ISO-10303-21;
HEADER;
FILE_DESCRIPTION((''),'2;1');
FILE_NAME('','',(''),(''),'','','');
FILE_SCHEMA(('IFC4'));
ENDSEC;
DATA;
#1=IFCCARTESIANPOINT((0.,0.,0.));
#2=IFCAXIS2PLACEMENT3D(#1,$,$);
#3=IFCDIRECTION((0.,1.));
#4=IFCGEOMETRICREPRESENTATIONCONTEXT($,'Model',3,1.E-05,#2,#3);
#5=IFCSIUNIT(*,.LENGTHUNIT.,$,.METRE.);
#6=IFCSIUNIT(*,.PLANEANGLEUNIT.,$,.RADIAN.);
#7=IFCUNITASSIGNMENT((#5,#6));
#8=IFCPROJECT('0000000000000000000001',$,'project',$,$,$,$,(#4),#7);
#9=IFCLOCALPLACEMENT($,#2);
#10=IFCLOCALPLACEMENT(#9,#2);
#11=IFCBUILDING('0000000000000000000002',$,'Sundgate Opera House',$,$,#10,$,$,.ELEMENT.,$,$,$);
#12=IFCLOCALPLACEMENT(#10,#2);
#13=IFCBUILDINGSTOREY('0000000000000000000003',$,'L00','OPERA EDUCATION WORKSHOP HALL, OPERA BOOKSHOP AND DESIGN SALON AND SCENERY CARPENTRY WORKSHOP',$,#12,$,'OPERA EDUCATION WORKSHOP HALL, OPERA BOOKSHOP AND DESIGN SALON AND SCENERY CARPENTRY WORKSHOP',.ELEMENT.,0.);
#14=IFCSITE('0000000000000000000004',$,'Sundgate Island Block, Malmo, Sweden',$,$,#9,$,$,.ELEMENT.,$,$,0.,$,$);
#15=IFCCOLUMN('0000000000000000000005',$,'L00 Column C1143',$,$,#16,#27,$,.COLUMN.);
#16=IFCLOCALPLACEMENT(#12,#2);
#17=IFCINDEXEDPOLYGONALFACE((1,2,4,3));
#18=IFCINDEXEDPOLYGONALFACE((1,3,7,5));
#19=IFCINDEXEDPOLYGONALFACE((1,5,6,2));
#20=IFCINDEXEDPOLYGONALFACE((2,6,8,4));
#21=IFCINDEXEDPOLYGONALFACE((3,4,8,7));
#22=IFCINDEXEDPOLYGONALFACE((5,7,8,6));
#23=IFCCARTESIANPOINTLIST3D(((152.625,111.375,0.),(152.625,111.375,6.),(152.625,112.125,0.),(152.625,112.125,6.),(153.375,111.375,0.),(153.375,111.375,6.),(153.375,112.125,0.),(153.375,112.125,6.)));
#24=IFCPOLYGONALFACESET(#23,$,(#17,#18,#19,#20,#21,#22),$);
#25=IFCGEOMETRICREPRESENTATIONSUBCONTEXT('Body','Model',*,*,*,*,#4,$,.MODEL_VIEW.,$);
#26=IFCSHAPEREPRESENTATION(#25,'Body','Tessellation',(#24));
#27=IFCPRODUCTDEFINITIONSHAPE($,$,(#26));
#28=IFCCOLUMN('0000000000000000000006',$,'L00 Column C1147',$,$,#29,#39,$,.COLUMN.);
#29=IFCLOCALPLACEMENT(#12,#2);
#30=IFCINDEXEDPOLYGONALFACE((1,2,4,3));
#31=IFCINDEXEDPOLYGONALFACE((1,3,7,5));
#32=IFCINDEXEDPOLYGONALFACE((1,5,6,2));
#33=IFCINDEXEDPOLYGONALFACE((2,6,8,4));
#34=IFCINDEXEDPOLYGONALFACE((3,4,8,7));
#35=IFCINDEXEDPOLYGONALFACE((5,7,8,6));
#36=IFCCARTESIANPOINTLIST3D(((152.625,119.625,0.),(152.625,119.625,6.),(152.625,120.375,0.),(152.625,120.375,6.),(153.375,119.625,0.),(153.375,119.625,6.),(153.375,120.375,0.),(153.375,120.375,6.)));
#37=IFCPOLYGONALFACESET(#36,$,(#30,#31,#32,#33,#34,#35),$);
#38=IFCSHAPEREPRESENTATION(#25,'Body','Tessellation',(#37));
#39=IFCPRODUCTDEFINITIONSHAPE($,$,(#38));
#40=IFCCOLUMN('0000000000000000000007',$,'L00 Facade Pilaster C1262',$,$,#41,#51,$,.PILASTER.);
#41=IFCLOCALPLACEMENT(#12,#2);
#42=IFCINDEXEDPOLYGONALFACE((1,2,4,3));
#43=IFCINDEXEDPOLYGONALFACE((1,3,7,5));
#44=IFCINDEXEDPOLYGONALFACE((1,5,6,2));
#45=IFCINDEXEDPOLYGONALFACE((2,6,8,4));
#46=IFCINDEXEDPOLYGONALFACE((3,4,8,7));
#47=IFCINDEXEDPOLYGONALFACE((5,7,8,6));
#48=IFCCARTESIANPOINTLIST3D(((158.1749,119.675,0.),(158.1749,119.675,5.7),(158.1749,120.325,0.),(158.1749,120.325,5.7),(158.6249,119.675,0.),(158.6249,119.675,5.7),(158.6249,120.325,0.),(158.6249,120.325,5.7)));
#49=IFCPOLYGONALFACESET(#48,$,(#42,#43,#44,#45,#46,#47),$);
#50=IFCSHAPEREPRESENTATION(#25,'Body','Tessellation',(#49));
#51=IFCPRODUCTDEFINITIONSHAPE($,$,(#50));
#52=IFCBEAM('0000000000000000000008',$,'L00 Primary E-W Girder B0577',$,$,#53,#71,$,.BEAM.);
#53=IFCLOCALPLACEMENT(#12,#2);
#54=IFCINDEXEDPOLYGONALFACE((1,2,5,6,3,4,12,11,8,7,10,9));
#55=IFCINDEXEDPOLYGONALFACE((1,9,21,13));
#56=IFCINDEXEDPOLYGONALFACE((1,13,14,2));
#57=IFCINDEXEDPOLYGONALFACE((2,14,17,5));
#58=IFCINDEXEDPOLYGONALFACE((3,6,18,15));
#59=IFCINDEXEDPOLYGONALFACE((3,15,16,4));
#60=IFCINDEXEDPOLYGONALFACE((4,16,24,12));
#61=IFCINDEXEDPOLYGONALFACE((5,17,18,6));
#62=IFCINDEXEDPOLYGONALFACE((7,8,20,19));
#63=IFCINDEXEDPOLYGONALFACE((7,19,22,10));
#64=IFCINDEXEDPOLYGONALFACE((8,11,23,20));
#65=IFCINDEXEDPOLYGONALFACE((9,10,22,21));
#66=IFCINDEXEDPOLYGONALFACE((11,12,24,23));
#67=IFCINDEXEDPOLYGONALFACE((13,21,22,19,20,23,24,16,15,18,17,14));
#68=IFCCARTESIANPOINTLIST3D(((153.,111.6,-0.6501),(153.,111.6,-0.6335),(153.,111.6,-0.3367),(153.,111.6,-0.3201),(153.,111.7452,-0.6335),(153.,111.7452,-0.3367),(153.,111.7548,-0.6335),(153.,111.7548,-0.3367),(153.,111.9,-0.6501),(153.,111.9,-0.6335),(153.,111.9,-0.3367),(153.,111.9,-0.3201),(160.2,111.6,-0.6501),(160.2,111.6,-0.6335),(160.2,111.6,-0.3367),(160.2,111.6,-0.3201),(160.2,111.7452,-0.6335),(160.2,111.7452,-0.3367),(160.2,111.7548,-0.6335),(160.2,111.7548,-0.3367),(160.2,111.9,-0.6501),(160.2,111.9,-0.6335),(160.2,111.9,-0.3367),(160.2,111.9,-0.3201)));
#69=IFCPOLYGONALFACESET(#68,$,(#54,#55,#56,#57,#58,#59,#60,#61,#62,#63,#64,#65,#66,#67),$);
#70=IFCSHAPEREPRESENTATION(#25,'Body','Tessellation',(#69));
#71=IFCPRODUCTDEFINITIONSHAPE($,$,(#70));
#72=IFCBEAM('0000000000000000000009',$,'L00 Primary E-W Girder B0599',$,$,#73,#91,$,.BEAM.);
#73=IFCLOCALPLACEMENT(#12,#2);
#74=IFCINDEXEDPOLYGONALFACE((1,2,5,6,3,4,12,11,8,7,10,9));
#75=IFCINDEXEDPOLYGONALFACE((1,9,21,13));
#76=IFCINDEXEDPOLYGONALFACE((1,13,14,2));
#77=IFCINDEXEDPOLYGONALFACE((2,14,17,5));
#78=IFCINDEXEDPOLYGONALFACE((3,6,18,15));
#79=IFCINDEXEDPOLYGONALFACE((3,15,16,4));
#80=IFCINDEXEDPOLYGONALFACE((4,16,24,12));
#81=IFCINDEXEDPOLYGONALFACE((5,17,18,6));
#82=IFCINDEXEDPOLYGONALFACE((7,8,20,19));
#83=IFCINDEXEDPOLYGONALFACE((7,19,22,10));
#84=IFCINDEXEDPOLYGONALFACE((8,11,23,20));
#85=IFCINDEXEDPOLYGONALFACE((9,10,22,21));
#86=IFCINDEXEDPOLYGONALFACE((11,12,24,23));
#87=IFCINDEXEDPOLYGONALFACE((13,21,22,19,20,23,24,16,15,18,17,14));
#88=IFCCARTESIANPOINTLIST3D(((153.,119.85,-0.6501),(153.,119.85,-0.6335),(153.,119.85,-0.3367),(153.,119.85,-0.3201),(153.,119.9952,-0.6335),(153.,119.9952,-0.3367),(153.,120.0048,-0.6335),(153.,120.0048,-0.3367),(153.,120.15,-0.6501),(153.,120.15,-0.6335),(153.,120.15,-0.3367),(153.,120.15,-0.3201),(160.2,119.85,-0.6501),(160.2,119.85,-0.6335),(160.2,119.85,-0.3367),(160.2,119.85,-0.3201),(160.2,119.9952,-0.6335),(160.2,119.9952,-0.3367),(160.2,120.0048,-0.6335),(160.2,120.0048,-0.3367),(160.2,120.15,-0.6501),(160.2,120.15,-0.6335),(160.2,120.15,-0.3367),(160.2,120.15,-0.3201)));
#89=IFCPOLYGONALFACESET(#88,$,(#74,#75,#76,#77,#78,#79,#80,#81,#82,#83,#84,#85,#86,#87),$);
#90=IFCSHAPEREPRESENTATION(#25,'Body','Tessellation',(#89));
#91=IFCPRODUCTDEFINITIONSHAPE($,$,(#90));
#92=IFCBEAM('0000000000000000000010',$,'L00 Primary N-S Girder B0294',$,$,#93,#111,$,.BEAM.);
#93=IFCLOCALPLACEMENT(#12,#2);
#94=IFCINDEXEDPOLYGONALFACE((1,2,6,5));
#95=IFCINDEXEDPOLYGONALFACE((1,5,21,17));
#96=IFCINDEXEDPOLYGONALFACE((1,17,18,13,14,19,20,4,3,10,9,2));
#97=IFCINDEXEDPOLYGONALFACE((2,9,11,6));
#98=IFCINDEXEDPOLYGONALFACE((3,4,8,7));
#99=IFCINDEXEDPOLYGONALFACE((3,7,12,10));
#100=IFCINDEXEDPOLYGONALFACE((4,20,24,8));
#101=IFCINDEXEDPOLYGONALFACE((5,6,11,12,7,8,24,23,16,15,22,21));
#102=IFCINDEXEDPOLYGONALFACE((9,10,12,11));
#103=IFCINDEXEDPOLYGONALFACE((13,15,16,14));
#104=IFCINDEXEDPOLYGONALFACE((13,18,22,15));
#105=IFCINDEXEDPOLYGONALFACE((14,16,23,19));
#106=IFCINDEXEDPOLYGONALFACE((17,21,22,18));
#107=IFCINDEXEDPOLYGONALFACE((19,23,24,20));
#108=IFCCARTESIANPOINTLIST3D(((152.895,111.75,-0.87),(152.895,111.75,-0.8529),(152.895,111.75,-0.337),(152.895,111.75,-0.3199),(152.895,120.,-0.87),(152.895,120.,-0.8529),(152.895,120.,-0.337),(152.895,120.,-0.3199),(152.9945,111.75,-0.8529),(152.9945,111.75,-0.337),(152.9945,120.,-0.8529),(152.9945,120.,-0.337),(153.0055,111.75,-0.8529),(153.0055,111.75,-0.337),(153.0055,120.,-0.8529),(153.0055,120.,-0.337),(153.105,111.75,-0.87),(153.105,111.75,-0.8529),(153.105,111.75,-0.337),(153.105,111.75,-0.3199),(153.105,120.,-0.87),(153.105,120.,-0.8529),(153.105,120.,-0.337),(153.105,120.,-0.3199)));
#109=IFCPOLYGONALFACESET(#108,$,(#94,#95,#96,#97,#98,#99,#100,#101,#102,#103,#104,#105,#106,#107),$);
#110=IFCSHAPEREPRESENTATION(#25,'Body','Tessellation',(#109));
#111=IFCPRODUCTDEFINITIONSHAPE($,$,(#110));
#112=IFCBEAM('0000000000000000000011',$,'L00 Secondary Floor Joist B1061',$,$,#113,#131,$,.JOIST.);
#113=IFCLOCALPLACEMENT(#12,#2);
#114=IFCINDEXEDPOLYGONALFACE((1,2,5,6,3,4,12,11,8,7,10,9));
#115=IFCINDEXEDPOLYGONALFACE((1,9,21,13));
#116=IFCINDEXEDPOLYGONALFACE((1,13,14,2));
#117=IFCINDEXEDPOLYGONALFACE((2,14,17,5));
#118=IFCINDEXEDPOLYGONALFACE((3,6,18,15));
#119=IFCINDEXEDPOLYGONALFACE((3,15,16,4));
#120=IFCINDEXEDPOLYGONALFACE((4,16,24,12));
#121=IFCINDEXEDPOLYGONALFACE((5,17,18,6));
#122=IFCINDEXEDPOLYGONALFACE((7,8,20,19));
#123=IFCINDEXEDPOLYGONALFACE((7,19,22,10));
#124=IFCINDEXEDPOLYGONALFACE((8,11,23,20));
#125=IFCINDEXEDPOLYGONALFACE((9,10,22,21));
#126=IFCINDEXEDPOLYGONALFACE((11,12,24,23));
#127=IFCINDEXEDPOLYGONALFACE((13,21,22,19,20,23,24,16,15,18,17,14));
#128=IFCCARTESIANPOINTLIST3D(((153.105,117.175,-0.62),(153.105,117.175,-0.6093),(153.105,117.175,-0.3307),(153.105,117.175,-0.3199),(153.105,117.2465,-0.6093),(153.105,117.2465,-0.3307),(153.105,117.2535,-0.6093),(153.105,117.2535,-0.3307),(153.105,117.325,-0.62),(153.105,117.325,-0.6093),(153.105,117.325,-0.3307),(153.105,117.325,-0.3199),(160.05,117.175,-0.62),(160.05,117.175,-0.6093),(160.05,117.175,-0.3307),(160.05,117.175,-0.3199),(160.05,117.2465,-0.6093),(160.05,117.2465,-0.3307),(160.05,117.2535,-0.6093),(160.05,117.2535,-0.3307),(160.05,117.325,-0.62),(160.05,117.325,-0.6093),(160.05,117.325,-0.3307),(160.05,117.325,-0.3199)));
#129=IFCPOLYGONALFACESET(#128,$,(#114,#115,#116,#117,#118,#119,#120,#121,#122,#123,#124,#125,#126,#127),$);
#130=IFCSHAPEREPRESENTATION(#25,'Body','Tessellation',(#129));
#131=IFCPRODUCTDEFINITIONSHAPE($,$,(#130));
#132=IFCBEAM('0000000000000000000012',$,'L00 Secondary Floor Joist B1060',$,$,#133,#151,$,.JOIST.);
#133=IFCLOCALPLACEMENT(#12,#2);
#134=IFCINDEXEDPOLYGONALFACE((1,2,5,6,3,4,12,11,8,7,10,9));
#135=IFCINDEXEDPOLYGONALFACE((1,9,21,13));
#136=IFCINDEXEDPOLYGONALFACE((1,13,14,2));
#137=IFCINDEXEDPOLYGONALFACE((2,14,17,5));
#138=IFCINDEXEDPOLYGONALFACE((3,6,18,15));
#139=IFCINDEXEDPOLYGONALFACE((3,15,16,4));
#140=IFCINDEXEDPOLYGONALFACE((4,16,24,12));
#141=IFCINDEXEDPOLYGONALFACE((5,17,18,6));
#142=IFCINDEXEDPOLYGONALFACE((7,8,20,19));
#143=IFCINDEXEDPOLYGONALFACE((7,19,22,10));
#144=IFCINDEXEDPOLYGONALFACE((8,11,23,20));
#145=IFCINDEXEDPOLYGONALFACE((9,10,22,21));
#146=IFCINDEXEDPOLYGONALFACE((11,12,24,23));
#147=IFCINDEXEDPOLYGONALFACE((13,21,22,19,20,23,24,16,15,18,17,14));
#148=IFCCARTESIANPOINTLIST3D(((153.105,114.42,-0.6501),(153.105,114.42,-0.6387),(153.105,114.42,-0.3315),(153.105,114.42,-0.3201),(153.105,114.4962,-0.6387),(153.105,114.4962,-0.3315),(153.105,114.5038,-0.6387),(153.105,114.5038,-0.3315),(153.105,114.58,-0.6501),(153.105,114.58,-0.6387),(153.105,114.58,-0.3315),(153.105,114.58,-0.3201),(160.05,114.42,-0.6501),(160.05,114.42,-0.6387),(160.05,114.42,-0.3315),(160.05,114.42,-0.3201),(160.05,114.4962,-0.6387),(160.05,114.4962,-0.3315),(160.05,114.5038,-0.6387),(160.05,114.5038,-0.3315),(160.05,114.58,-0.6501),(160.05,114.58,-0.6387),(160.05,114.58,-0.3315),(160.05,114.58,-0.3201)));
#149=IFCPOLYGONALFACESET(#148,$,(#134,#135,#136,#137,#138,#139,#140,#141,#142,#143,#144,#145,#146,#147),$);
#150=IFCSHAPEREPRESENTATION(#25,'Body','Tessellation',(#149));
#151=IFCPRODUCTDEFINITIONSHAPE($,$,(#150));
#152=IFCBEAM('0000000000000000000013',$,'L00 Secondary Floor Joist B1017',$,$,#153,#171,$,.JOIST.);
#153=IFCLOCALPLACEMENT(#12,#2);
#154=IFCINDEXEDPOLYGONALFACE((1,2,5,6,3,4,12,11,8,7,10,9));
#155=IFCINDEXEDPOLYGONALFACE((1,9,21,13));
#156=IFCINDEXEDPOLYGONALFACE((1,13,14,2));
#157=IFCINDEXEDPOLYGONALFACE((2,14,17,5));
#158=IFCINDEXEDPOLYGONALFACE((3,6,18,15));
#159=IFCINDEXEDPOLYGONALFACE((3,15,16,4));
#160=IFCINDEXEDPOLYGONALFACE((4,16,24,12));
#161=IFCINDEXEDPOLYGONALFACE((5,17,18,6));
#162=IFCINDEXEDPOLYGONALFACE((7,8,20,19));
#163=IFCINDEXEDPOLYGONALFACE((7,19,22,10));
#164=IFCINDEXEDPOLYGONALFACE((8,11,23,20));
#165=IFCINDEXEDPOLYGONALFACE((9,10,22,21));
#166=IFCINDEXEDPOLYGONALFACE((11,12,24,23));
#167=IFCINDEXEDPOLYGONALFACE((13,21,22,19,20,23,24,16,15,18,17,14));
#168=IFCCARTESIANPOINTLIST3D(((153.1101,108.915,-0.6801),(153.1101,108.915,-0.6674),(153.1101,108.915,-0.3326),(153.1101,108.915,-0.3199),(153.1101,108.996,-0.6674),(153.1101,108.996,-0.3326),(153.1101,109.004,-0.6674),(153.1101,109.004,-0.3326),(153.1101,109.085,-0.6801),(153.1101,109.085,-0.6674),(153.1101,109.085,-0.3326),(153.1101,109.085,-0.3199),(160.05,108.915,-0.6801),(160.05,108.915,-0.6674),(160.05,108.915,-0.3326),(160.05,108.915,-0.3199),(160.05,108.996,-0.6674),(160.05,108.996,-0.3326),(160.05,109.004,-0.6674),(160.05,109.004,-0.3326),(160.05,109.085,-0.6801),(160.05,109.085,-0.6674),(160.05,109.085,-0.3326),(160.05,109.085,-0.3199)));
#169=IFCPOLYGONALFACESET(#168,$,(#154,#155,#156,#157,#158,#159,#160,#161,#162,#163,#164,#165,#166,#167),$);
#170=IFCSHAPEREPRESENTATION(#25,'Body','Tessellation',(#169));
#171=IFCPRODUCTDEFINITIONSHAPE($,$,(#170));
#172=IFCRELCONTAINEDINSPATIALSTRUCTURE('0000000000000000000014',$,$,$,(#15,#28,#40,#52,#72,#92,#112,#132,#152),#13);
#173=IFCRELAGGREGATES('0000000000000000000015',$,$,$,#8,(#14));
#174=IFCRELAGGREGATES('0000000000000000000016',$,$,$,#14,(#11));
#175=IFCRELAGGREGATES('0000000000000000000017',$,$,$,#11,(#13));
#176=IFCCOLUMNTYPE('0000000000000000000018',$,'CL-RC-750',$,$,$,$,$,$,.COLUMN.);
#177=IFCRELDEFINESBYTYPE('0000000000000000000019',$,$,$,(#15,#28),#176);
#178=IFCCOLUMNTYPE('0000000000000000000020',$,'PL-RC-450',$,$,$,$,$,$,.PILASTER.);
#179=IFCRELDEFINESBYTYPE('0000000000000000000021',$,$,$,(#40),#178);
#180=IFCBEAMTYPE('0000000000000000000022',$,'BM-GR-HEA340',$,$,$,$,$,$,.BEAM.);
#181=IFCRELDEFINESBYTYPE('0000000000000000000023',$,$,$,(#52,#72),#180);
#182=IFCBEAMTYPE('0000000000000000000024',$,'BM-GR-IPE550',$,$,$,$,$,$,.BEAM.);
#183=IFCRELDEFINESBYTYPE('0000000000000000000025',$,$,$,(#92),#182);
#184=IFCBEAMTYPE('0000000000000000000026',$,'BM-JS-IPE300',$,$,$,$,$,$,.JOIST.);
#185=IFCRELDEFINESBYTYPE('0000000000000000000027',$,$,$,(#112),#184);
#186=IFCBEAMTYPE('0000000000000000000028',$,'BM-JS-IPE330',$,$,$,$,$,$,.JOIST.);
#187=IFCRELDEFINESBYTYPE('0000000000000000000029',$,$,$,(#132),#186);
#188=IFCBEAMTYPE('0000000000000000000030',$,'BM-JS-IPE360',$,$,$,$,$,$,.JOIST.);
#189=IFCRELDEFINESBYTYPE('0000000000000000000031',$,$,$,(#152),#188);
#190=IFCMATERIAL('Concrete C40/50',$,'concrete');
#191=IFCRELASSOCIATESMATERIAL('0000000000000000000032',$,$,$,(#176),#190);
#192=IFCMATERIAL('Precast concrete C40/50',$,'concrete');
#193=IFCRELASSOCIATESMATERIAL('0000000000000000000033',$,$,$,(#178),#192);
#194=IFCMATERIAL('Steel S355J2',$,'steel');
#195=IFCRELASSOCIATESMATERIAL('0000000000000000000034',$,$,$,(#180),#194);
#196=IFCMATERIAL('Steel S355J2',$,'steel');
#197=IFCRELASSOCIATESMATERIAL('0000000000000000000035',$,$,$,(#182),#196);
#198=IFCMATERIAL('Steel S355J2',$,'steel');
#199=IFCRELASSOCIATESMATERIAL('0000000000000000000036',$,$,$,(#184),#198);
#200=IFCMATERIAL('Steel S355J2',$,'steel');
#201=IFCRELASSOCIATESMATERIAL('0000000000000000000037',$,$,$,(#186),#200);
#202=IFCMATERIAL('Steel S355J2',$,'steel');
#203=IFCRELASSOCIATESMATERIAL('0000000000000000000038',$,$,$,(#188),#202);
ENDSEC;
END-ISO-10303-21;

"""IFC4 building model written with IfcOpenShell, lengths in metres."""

from ifc_helpers import new_model, si_unit, direction, frame, origin, origin_2d, place, context, subcontext, project, spatial, rectangle, i_section, extrude, material, material_profile, profile_set, type_object, element, save


model = new_model("IFC4")

# Units and contexts
model_context = context("Model", 3, precision=1e-05, world=origin(), true_north=direction((0.0, 1.0)))
body_context = subcontext(model_context, "Body", "Model", "MODEL_VIEW")
ifc_project = project(units=[si_unit("LENGTHUNIT", "METRE"), si_unit("PLANEANGLEUNIT", "RADIAN")], contexts=[model_context])

# Site, building, storey
site_placement = place(None, origin())
site = spatial("IfcSite", under=ifc_project, at=site_placement, Name="Sundgate Island Block, Malmo, Sweden", CompositionType="ELEMENT", RefElevation=0.0)
building_placement = place(site_placement, origin())
building = spatial("IfcBuilding", under=site, at=building_placement, Name="Sundgate Opera House", CompositionType="ELEMENT")
storey_placement = place(building_placement, origin())
storey = spatial("IfcBuildingStorey", under=building, at=storey_placement, Name="L00", Description="OPERA EDUCATION WORKSHOP HALL, OPERA BOOKSHOP AND DESIGN SALON AND SCENERY CARPENTRY WORKSHOP", LongName="OPERA EDUCATION WORKSHOP HALL, OPERA BOOKSHOP AND DESIGN SALON AND SCENERY CARPENTRY WORKSHOP", CompositionType="ELEMENT", Elevation=0.0)

# Columns
ifc_material_1 = material(Name="Concrete C40/50", Category="concrete")
ifc_material_profile_1 = material_profile(ifc_material_1, rectangle(XDim=0.75, YDim=0.75, at=origin_2d()), Name="RC 750x750")
ifc_profile_set_1 = profile_set([ifc_material_profile_1], Name="Concrete C40/50")
column_type_1 = type_object("IfcColumnType", Name="CL-RC-750", PredefinedType="COLUMN", material=ifc_profile_set_1)
for number, where, z_axis, x_axis, name in (
    (1, (153.0, 111.75, 0.0), (0.0, 0.0, 1.0), (1.0, 0.0, 0.0), "L00 Column C1143"),
    (2, (153.0, 120.0, 0.0), (0.0, 0.0, 1.0), (1.0, 0.0, 0.0), "L00 Column C1147"),
):
    element("IfcColumn", number, at=place(storey_placement, frame(where, z_axis=z_axis, x_axis=x_axis)), inside=storey, type_object=column_type_1, Name=name, PredefinedType="COLUMN", context=body_context, shape_type="SweptSolid", body=[
        extrude(rectangle(XDim=0.75, YDim=0.75, at=origin_2d()), origin(), (0.0, 0.0, 1.0), 6.0),
    ])
ifc_material_2 = material(Name="Precast concrete C40/50", Category="concrete")
ifc_material_profile_2 = material_profile(ifc_material_2, rectangle(XDim=0.45, YDim=0.6499, at=origin_2d()), Name="RC 450x650")
ifc_profile_set_2 = profile_set([ifc_material_profile_2], Name="Precast concrete C40/50")
column_type_2 = type_object("IfcColumnType", Name="PL-RC-450", PredefinedType="PILASTER", material=ifc_profile_set_2)
column_placement = place(storey_placement, frame((158.3999, 120.0, 0.0), z_axis=(0.0, 0.0, 1.0), x_axis=(1.0, 0.0, 0.0)))
element("IfcColumn", 3, at=column_placement, inside=storey, type_object=column_type_2, Name="L00 Facade Pilaster C1262", PredefinedType="PILASTER", context=body_context, shape_type="SweptSolid", body=[
    extrude(rectangle(XDim=0.45, YDim=0.6499, at=origin_2d()), origin(), (0.0, 0.0, 1.0), 5.7),
])

# Beams
ifc_material_3 = material(Name="Steel S355J2", Category="steel")
ifc_material_profile_3 = material_profile(ifc_material_3, i_section(OverallWidth=0.3, OverallDepth=0.3301, WebThickness=0.0095, FlangeThickness=0.0166, at=origin_2d()), Name="HEA 340")
ifc_profile_set_3 = profile_set([ifc_material_profile_3], Name="Steel S355J2")
beam_type_1 = type_object("IfcBeamType", Name="BM-GR-HEA340", PredefinedType="BEAM", material=ifc_profile_set_3)
for number, where, z_axis, x_axis, name in (
    (4, (153.0, 111.75, -0.4851), (1.0, 0.0, 0.0), (0.0, 1.0, 0.0), "L00 Primary E-W Girder B0577"),
    (5, (153.0, 120.0, -0.4851), (1.0, 0.0, 0.0), (0.0, 1.0, 0.0), "L00 Primary E-W Girder B0599"),
):
    element("IfcBeam", number, at=place(storey_placement, frame(where, z_axis=z_axis, x_axis=x_axis)), inside=storey, type_object=beam_type_1, Name=name, PredefinedType="BEAM", context=body_context, shape_type="SweptSolid", body=[
        extrude(i_section(OverallWidth=0.3, OverallDepth=0.3301, WebThickness=0.0095, FlangeThickness=0.0166, at=origin_2d()), origin(), (0.0, 0.0, 1.0), 7.2),
    ])
ifc_material_4 = material(Name="Steel S355J2", Category="steel")
ifc_material_profile_4 = material_profile(ifc_material_4, i_section(OverallWidth=0.21, OverallDepth=0.55, WebThickness=0.011, FlangeThickness=0.0171, at=origin_2d()), Name="IPE 550")
ifc_profile_set_4 = profile_set([ifc_material_profile_4], Name="Steel S355J2")
beam_type_2 = type_object("IfcBeamType", Name="BM-GR-IPE550", PredefinedType="BEAM", material=ifc_profile_set_4)
beam_1_placement = place(storey_placement, frame((153.0, 111.75, -0.595), z_axis=(0.0, 1.0, 0.0), x_axis=(-1.0, 0.0, 0.0)))
element("IfcBeam", 6, at=beam_1_placement, inside=storey, type_object=beam_type_2, Name="L00 Primary N-S Girder B0294", PredefinedType="BEAM", context=body_context, shape_type="SweptSolid", body=[
    extrude(i_section(OverallWidth=0.21, OverallDepth=0.55, WebThickness=0.011, FlangeThickness=0.0171, at=origin_2d()), origin(), (0.0, 0.0, 1.0), 8.25),
])
ifc_material_5 = material(Name="Steel S355J2", Category="steel")
ifc_material_profile_5 = material_profile(ifc_material_5, i_section(OverallWidth=0.1499, OverallDepth=0.3, WebThickness=0.0071, FlangeThickness=0.0107, at=origin_2d()), Name="IPE 300")
ifc_profile_set_5 = profile_set([ifc_material_profile_5], Name="Steel S355J2")
beam_type_3 = type_object("IfcBeamType", Name="BM-JS-IPE300", PredefinedType="JOIST", material=ifc_profile_set_5)
beam_2_placement = place(storey_placement, frame((153.105, 117.25, -0.47), z_axis=(1.0, 0.0, 0.0), x_axis=(0.0, 1.0, 0.0)))
element("IfcBeam", 7, at=beam_2_placement, inside=storey, type_object=beam_type_3, Name="L00 Secondary Floor Joist B1061", PredefinedType="JOIST", context=body_context, shape_type="SweptSolid", body=[
    extrude(i_section(OverallWidth=0.1499, OverallDepth=0.3, WebThickness=0.0071, FlangeThickness=0.0107, at=origin_2d()), origin(), (0.0, 0.0, 1.0), 6.9451),
])
ifc_material_6 = material(Name="Steel S355J2", Category="steel")
ifc_material_profile_6 = material_profile(ifc_material_6, i_section(OverallWidth=0.1599, OverallDepth=0.3301, WebThickness=0.0076, FlangeThickness=0.0115, at=origin_2d()), Name="IPE 330")
ifc_profile_set_6 = profile_set([ifc_material_profile_6], Name="Steel S355J2")
beam_type_4 = type_object("IfcBeamType", Name="BM-JS-IPE330", PredefinedType="JOIST", material=ifc_profile_set_6)
beam_3_placement = place(storey_placement, frame((153.105, 114.5, -0.4851), z_axis=(1.0, 0.0, 0.0), x_axis=(0.0, 1.0, 0.0)))
element("IfcBeam", 8, at=beam_3_placement, inside=storey, type_object=beam_type_4, Name="L00 Secondary Floor Joist B1060", PredefinedType="JOIST", context=body_context, shape_type="SweptSolid", body=[
    extrude(i_section(OverallWidth=0.1599, OverallDepth=0.3301, WebThickness=0.0076, FlangeThickness=0.0115, at=origin_2d()), origin(), (0.0, 0.0, 1.0), 6.9451),
])
ifc_material_7 = material(Name="Steel S355J2", Category="steel")
ifc_material_profile_7 = material_profile(ifc_material_7, i_section(OverallWidth=0.1699, OverallDepth=0.3601, WebThickness=0.0081, FlangeThickness=0.0127, at=origin_2d()), Name="IPE 360")
ifc_profile_set_7 = profile_set([ifc_material_profile_7], Name="Steel S355J2")
beam_type_5 = type_object("IfcBeamType", Name="BM-JS-IPE360", PredefinedType="JOIST", material=ifc_profile_set_7)
beam_4_placement = place(storey_placement, frame((153.1101, 109.0, -0.5), z_axis=(1.0, 0.0, 0.0), x_axis=(0.0, 1.0, 0.0)))
element("IfcBeam", 9, at=beam_4_placement, inside=storey, type_object=beam_type_5, Name="L00 Secondary Floor Joist B1017", PredefinedType="JOIST", context=body_context, shape_type="SweptSolid", body=[
    extrude(i_section(OverallWidth=0.1699, OverallDepth=0.3601, WebThickness=0.0081, FlangeThickness=0.0127, at=origin_2d()), origin(), (0.0, 0.0, 1.0), 6.9399),
])

save(model, "model.ifc")
